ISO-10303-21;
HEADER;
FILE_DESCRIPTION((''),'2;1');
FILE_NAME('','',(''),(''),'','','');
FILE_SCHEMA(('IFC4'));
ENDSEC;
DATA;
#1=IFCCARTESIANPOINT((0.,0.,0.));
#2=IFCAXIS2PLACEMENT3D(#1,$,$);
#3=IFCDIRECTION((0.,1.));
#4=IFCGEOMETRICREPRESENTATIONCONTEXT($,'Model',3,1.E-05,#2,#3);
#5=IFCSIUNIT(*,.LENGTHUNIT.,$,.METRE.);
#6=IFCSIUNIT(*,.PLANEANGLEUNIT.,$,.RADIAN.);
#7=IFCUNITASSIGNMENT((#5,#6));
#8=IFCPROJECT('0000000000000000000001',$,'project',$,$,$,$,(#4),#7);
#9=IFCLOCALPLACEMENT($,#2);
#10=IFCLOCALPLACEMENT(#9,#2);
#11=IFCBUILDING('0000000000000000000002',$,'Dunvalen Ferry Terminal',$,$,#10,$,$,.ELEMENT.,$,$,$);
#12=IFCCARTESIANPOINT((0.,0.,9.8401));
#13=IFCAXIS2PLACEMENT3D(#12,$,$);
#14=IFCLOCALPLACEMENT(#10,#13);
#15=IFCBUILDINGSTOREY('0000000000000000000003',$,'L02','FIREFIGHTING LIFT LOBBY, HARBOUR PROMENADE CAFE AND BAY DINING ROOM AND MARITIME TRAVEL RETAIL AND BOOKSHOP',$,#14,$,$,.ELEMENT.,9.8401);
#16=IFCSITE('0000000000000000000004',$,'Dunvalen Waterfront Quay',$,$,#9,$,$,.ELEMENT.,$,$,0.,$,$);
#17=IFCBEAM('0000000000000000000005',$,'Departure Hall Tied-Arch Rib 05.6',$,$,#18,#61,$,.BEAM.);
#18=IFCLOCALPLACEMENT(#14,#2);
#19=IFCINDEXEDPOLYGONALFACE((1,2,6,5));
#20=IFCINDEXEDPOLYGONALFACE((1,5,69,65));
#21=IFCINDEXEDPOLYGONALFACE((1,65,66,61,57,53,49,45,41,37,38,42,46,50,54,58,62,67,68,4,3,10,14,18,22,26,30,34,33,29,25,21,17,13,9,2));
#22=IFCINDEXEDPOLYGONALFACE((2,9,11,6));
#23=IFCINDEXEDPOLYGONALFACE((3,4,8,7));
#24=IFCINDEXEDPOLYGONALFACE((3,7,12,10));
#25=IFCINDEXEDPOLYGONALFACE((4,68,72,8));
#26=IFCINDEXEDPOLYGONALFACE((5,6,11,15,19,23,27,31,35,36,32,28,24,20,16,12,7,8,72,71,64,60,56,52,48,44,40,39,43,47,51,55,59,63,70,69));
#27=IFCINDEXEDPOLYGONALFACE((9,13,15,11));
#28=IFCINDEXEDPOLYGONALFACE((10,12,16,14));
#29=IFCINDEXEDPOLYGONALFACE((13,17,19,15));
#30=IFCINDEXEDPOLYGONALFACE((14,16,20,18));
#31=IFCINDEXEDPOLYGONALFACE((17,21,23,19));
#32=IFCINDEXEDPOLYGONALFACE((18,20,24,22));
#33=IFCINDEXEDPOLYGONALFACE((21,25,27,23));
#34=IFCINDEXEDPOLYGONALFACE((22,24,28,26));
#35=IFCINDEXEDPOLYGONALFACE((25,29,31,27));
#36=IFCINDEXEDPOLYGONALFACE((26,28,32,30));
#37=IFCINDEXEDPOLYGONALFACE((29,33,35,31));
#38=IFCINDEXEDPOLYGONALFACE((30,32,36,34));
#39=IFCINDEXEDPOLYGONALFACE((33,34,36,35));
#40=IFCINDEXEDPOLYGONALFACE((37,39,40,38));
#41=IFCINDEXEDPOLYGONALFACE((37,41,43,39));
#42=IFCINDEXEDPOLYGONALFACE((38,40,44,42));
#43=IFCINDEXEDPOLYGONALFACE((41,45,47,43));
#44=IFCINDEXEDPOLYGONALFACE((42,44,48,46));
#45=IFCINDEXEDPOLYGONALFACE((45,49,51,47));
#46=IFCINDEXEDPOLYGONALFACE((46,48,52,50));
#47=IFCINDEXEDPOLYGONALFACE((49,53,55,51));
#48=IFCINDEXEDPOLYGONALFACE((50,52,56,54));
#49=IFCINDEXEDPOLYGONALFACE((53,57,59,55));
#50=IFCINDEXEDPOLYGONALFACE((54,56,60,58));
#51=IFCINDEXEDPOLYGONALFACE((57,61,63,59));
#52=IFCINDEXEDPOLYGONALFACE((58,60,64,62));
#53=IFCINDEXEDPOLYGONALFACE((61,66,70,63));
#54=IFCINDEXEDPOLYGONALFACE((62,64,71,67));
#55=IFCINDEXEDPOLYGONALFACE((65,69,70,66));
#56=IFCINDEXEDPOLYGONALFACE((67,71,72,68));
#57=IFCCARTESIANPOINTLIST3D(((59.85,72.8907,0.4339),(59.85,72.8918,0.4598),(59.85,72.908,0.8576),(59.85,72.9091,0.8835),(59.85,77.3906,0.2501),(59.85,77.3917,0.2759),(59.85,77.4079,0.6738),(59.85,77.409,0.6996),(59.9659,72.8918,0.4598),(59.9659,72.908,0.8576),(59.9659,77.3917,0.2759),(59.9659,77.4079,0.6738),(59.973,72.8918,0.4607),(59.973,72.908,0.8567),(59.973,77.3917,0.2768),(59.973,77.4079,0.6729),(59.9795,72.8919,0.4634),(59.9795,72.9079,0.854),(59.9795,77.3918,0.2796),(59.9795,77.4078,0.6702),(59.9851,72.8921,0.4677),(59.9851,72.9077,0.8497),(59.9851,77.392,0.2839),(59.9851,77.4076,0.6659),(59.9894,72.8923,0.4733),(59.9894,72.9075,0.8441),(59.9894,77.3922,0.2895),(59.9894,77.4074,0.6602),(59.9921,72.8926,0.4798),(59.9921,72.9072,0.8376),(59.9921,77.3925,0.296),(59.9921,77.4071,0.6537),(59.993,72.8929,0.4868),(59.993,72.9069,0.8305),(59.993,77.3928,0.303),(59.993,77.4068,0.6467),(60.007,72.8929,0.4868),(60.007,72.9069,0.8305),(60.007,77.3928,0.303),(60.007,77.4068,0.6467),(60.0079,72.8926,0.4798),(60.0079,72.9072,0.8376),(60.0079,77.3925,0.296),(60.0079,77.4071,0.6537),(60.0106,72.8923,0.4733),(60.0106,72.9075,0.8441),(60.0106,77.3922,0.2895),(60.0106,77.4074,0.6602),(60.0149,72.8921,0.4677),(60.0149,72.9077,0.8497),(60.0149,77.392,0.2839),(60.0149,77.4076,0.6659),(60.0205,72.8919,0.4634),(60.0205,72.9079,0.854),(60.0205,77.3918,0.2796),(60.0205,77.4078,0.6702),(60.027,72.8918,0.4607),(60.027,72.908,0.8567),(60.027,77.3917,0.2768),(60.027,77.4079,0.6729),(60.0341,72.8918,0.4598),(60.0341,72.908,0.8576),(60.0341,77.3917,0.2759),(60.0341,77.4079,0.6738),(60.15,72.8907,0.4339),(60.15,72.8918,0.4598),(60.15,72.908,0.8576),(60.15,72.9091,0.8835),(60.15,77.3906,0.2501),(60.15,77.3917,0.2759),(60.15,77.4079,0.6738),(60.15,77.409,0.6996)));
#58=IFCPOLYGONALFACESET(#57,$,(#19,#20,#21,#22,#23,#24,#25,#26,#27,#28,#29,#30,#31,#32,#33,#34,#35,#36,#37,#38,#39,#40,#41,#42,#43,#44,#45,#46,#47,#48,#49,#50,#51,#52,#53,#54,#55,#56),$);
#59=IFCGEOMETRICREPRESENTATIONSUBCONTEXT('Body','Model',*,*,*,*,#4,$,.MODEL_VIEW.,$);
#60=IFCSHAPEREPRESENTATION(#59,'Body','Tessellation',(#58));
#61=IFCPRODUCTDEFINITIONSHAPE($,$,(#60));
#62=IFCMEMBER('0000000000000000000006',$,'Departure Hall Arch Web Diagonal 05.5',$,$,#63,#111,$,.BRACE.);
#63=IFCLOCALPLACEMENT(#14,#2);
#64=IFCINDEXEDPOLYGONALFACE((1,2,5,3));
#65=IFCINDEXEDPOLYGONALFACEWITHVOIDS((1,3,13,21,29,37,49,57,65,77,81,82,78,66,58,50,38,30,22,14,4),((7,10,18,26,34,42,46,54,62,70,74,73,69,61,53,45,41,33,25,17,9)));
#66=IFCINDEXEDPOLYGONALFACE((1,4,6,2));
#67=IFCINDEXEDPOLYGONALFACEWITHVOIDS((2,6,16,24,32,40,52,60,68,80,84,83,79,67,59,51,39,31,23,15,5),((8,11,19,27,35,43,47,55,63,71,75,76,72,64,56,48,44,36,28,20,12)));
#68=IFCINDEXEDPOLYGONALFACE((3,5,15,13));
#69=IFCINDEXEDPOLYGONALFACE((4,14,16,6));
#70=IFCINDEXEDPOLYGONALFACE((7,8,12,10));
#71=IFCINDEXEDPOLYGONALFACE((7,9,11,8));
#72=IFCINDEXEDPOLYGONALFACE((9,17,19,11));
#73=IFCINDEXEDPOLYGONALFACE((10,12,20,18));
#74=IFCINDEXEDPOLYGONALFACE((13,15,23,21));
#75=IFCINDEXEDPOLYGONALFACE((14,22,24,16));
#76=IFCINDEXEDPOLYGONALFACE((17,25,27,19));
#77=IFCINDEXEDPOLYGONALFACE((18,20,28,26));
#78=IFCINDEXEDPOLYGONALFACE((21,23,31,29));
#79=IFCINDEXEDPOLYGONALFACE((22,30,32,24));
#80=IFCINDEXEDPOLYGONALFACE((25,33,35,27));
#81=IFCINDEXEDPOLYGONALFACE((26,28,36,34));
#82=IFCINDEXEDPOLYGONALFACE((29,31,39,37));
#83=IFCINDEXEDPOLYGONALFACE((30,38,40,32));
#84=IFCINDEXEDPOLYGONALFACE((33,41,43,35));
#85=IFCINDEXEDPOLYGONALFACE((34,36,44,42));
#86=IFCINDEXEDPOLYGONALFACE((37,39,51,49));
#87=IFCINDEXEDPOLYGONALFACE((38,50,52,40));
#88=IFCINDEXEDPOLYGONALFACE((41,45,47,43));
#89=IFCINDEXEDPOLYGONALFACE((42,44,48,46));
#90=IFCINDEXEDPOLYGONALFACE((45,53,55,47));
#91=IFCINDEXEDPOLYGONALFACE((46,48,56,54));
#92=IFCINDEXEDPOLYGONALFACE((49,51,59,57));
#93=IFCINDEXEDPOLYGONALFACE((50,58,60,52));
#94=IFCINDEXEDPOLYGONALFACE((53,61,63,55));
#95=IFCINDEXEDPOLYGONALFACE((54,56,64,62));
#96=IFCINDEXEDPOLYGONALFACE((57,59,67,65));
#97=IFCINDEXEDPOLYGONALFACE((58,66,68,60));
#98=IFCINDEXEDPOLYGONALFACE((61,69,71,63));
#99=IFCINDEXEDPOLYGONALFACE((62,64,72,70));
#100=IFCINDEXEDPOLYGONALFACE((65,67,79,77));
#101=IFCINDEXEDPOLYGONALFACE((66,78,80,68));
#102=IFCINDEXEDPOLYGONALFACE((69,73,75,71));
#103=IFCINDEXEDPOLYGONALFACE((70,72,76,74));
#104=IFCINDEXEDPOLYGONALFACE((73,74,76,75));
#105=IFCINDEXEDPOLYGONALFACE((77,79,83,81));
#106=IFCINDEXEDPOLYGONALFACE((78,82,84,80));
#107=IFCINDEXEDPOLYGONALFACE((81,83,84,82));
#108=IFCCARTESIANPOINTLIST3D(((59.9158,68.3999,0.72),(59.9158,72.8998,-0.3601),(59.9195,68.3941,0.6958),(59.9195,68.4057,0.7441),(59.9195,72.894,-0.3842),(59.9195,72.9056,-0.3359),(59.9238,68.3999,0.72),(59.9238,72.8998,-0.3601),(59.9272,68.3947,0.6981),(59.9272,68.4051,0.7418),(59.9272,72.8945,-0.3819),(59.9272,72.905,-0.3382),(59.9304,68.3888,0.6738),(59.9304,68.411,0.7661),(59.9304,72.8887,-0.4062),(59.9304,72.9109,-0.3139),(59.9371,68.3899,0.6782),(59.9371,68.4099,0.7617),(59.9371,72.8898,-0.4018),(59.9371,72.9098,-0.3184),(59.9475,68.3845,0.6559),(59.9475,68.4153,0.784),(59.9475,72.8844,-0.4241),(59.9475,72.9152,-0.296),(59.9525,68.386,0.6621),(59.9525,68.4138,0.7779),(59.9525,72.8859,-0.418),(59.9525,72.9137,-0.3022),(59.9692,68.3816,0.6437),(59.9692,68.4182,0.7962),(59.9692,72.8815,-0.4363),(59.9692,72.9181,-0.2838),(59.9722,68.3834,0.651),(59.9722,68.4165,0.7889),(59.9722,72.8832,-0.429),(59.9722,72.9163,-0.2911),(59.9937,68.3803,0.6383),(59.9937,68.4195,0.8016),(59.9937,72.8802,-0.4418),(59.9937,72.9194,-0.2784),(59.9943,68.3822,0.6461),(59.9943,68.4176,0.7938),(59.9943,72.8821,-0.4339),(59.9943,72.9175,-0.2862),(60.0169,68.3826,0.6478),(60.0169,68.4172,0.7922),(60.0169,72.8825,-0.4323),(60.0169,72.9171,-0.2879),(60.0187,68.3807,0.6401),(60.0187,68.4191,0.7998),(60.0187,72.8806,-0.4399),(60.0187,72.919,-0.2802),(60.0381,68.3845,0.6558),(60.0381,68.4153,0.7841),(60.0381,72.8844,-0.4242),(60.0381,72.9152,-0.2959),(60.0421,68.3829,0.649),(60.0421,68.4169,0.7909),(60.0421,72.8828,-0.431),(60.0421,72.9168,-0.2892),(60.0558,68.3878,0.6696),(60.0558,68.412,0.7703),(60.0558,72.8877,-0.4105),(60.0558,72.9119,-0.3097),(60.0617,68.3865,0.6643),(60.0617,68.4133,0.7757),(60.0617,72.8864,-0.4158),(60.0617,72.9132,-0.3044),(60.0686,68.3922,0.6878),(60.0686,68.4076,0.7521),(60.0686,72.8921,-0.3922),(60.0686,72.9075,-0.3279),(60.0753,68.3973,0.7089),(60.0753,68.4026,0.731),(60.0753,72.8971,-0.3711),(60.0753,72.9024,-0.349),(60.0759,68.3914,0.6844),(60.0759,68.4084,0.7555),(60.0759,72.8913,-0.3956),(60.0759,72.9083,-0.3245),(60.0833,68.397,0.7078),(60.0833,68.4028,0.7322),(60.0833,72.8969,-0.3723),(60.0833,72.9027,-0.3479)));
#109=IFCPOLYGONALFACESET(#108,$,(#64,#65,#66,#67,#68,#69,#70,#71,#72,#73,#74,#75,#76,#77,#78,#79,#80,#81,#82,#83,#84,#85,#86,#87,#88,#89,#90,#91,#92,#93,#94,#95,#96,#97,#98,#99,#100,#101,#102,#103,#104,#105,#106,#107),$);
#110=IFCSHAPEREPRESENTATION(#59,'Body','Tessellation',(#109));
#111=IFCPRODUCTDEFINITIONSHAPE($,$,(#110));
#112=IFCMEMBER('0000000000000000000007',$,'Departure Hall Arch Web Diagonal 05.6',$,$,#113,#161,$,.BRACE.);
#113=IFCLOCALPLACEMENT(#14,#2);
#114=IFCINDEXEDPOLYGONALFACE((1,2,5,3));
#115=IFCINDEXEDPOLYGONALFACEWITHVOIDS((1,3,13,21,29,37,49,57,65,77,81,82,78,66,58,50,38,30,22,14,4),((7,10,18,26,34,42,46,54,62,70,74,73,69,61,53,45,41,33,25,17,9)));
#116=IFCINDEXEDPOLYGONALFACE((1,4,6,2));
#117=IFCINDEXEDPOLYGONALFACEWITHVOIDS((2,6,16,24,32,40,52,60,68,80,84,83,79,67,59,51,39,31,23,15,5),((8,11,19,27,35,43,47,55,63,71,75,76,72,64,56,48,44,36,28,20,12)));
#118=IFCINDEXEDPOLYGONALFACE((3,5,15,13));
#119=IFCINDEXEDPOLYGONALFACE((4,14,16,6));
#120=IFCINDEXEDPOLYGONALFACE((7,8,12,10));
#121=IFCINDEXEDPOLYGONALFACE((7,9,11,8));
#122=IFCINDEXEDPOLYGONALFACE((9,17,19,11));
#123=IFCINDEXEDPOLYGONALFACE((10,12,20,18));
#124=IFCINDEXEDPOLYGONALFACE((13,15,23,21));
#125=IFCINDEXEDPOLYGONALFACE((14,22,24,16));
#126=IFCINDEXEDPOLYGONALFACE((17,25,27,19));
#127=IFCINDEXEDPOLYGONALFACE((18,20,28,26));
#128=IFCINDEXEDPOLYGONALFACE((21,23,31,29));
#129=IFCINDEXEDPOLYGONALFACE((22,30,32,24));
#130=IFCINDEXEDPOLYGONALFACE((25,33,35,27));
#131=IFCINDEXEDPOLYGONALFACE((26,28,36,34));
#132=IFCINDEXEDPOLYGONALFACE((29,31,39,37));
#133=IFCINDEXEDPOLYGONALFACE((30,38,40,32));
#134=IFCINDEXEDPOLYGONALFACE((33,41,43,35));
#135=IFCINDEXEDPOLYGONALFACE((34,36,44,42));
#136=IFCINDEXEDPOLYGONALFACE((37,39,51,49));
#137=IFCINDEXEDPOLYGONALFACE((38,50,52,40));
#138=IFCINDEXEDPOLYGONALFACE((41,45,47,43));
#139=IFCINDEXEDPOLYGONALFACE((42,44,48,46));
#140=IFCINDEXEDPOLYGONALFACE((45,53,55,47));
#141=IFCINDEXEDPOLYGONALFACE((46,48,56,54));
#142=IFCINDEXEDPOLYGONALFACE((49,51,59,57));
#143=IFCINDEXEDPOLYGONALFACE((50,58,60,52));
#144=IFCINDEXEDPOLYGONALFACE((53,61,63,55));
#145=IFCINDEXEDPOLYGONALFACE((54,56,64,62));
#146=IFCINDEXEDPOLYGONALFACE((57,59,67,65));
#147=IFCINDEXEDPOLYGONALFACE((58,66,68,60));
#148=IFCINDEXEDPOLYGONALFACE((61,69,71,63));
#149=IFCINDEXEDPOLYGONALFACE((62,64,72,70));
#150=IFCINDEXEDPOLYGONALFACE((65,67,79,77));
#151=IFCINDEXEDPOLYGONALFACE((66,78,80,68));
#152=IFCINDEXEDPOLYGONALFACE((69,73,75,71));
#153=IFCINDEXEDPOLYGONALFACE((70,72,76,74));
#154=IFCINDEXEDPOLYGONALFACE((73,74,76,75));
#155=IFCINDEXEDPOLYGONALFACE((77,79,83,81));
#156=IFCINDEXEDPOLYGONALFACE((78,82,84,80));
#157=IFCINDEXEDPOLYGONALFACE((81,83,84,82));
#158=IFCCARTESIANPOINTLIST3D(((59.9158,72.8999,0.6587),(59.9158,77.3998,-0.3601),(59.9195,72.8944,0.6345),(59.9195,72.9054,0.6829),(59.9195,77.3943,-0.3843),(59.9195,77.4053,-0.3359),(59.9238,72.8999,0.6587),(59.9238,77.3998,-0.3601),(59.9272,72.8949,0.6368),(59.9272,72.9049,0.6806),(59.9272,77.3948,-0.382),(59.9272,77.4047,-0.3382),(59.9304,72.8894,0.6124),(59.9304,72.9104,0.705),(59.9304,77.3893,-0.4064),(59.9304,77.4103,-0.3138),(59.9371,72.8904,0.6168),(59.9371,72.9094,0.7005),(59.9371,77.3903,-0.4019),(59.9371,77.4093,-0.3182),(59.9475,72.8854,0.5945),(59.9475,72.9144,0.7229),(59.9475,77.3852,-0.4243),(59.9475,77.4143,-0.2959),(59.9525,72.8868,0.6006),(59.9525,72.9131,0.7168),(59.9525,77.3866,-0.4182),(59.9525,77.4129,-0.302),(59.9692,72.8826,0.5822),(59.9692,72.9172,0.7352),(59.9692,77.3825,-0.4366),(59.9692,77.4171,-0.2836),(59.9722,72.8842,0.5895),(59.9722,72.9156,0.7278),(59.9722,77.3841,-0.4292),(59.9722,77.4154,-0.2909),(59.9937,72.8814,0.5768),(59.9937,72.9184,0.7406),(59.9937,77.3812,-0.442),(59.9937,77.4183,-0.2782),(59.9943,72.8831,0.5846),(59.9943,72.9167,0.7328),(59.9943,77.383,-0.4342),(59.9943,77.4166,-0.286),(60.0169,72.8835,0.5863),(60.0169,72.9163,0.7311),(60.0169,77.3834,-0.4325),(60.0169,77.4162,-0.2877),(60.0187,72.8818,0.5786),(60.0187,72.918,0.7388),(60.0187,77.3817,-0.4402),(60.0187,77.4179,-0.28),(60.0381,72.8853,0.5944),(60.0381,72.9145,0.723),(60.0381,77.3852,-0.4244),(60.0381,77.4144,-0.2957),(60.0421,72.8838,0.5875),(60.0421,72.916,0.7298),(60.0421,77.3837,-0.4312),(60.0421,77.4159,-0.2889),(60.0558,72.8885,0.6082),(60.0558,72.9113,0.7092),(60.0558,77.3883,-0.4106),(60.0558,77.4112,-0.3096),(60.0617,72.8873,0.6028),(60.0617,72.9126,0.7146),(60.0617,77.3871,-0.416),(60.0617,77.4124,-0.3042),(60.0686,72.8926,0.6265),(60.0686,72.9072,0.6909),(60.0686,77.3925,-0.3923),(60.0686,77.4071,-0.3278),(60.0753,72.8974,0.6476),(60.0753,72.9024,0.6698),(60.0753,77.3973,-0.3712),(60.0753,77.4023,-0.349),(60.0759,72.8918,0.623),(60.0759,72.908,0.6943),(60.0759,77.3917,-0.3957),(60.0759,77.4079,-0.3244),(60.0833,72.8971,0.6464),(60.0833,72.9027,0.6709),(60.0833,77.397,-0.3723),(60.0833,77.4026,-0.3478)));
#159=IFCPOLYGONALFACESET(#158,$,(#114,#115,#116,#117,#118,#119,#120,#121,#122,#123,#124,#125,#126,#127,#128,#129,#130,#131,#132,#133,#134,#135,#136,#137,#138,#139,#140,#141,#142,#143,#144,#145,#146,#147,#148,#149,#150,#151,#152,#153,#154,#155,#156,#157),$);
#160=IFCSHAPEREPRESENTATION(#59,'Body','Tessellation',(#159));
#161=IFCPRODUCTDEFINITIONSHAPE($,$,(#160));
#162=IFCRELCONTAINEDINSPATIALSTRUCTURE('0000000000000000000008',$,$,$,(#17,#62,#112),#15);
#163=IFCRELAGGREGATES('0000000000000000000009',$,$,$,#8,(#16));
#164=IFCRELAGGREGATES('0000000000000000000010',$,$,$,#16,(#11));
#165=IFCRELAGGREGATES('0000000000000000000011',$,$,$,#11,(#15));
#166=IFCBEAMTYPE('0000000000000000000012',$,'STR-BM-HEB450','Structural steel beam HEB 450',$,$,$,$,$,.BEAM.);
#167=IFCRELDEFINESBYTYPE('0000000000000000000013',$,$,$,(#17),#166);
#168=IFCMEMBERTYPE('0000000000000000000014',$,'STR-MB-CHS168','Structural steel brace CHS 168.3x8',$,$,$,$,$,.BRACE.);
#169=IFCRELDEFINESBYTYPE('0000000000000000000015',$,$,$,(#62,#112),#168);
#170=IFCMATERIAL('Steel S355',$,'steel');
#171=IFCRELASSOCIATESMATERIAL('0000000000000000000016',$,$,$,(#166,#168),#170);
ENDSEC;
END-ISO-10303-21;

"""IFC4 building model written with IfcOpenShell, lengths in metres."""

from ifc_helpers import new_model, si_unit, direction, frame, origin, origin_2d, place, context, subcontext, project, spatial, hollow_circle, i_section, extrude, material, material_profile, profile_set, type_object, element, save


model = new_model("IFC4")

# Units and contexts
model_context = context("Model", 3, precision=1e-05, world=origin(), true_north=direction((0.0, 1.0)))
body_context = subcontext(model_context, "Body", "Model", "MODEL_VIEW")
ifc_project = project(units=[si_unit("LENGTHUNIT", "METRE"), si_unit("PLANEANGLEUNIT", "RADIAN")], contexts=[model_context])

# Site, building, storey
site_placement = place(None, origin())
site = spatial("IfcSite", under=ifc_project, at=site_placement, Name="Dunvalen Waterfront Quay", CompositionType="ELEMENT", RefElevation=0.0)
building_placement = place(site_placement, origin())
building = spatial("IfcBuilding", under=site, at=building_placement, Name="Dunvalen Ferry Terminal", CompositionType="ELEMENT")
storey_placement = place(building_placement, frame((0.0, 0.0, 9.8401)))
storey = spatial("IfcBuildingStorey", under=building, at=storey_placement, Name="L02", Description="FIREFIGHTING LIFT LOBBY, HARBOUR PROMENADE CAFE AND BAY DINING ROOM AND MARITIME TRAVEL RETAIL AND BOOKSHOP", CompositionType="ELEMENT", Elevation=9.8401)

# Beam
ifc_material_1 = material(Name="Steel S355", Category="steel")
ifc_material_profile_1 = material_profile(ifc_material_1, i_section(OverallWidth=0.3, OverallDepth=0.45, WebThickness=0.0139, FlangeThickness=0.0259, FilletRadius=0.0271, at=origin_2d()), Name="Steel S355")
ifc_profile_set_1 = profile_set([ifc_material_profile_1], Name="Steel S355")
beam_type = type_object("IfcBeamType", Name="STR-BM-HEB450", Description="Structural steel beam HEB 450", PredefinedType="BEAM", material=ifc_profile_set_1)
beam_1_placement = place(storey_placement, frame((60.0, 72.8999, 0.6587), z_axis=(0.0, 0.999167, -0.040819), x_axis=(-1.0, 0.0, 0.0)))
element("IfcBeam", 1, at=beam_1_placement, inside=storey, type_object=beam_type, Name="Departure Hall Tied-Arch Rib 05.6", PredefinedType="BEAM", context=body_context, shape_type="SweptSolid", body=[
    extrude(i_section(OverallWidth=0.3, OverallDepth=0.45, WebThickness=0.0139, FlangeThickness=0.0259, FilletRadius=0.0271, at=origin_2d()), origin(), (0.0, 0.0, 1.0), 4.5037),
])

# Members
ifc_material_profile_2 = material_profile(ifc_material_1, hollow_circle(Radius=0.0842, WallThickness=0.0081, at=origin_2d()), Name="Steel S355")
ifc_profile_set_2 = profile_set([ifc_material_profile_2], Name="Steel S355")
member_type_1 = type_object("IfcMemberType", Name="STR-MB-CHS168", Description="Structural steel brace CHS 168.3x8", PredefinedType="BRACE", material=ifc_profile_set_2)
member_1_placement = place(storey_placement, frame((60.0, 68.3999, 0.72), z_axis=(0.0, 0.972383, -0.233389), x_axis=(-1.0, 0.0, 0.0)))
element("IfcMember", 2, at=member_1_placement, inside=storey, type_object=member_type_1, Name="Departure Hall Arch Web Diagonal 05.5", PredefinedType="BRACE", context=body_context, shape_type="SweptSolid", body=[
    extrude(hollow_circle(Radius=0.0842, WallThickness=0.0081, at=origin_2d()), origin(), (0.0, 0.0, 1.0), 4.6277),
])
member_2_placement = place(storey_placement, frame((60.0, 72.8999, 0.6587), z_axis=(0.0, 0.975317, -0.220811), x_axis=(-1.0, 0.0, 0.0)))
element("IfcMember", 3, at=member_2_placement, inside=storey, type_object=member_type_1, Name="Departure Hall Arch Web Diagonal 05.6", PredefinedType="BRACE", context=body_context, shape_type="SweptSolid", body=[
    extrude(hollow_circle(Radius=0.0842, WallThickness=0.0081, at=origin_2d()), origin(), (0.0, 0.0, 1.0), 4.6138),
])

save(model, "model.ifc")
